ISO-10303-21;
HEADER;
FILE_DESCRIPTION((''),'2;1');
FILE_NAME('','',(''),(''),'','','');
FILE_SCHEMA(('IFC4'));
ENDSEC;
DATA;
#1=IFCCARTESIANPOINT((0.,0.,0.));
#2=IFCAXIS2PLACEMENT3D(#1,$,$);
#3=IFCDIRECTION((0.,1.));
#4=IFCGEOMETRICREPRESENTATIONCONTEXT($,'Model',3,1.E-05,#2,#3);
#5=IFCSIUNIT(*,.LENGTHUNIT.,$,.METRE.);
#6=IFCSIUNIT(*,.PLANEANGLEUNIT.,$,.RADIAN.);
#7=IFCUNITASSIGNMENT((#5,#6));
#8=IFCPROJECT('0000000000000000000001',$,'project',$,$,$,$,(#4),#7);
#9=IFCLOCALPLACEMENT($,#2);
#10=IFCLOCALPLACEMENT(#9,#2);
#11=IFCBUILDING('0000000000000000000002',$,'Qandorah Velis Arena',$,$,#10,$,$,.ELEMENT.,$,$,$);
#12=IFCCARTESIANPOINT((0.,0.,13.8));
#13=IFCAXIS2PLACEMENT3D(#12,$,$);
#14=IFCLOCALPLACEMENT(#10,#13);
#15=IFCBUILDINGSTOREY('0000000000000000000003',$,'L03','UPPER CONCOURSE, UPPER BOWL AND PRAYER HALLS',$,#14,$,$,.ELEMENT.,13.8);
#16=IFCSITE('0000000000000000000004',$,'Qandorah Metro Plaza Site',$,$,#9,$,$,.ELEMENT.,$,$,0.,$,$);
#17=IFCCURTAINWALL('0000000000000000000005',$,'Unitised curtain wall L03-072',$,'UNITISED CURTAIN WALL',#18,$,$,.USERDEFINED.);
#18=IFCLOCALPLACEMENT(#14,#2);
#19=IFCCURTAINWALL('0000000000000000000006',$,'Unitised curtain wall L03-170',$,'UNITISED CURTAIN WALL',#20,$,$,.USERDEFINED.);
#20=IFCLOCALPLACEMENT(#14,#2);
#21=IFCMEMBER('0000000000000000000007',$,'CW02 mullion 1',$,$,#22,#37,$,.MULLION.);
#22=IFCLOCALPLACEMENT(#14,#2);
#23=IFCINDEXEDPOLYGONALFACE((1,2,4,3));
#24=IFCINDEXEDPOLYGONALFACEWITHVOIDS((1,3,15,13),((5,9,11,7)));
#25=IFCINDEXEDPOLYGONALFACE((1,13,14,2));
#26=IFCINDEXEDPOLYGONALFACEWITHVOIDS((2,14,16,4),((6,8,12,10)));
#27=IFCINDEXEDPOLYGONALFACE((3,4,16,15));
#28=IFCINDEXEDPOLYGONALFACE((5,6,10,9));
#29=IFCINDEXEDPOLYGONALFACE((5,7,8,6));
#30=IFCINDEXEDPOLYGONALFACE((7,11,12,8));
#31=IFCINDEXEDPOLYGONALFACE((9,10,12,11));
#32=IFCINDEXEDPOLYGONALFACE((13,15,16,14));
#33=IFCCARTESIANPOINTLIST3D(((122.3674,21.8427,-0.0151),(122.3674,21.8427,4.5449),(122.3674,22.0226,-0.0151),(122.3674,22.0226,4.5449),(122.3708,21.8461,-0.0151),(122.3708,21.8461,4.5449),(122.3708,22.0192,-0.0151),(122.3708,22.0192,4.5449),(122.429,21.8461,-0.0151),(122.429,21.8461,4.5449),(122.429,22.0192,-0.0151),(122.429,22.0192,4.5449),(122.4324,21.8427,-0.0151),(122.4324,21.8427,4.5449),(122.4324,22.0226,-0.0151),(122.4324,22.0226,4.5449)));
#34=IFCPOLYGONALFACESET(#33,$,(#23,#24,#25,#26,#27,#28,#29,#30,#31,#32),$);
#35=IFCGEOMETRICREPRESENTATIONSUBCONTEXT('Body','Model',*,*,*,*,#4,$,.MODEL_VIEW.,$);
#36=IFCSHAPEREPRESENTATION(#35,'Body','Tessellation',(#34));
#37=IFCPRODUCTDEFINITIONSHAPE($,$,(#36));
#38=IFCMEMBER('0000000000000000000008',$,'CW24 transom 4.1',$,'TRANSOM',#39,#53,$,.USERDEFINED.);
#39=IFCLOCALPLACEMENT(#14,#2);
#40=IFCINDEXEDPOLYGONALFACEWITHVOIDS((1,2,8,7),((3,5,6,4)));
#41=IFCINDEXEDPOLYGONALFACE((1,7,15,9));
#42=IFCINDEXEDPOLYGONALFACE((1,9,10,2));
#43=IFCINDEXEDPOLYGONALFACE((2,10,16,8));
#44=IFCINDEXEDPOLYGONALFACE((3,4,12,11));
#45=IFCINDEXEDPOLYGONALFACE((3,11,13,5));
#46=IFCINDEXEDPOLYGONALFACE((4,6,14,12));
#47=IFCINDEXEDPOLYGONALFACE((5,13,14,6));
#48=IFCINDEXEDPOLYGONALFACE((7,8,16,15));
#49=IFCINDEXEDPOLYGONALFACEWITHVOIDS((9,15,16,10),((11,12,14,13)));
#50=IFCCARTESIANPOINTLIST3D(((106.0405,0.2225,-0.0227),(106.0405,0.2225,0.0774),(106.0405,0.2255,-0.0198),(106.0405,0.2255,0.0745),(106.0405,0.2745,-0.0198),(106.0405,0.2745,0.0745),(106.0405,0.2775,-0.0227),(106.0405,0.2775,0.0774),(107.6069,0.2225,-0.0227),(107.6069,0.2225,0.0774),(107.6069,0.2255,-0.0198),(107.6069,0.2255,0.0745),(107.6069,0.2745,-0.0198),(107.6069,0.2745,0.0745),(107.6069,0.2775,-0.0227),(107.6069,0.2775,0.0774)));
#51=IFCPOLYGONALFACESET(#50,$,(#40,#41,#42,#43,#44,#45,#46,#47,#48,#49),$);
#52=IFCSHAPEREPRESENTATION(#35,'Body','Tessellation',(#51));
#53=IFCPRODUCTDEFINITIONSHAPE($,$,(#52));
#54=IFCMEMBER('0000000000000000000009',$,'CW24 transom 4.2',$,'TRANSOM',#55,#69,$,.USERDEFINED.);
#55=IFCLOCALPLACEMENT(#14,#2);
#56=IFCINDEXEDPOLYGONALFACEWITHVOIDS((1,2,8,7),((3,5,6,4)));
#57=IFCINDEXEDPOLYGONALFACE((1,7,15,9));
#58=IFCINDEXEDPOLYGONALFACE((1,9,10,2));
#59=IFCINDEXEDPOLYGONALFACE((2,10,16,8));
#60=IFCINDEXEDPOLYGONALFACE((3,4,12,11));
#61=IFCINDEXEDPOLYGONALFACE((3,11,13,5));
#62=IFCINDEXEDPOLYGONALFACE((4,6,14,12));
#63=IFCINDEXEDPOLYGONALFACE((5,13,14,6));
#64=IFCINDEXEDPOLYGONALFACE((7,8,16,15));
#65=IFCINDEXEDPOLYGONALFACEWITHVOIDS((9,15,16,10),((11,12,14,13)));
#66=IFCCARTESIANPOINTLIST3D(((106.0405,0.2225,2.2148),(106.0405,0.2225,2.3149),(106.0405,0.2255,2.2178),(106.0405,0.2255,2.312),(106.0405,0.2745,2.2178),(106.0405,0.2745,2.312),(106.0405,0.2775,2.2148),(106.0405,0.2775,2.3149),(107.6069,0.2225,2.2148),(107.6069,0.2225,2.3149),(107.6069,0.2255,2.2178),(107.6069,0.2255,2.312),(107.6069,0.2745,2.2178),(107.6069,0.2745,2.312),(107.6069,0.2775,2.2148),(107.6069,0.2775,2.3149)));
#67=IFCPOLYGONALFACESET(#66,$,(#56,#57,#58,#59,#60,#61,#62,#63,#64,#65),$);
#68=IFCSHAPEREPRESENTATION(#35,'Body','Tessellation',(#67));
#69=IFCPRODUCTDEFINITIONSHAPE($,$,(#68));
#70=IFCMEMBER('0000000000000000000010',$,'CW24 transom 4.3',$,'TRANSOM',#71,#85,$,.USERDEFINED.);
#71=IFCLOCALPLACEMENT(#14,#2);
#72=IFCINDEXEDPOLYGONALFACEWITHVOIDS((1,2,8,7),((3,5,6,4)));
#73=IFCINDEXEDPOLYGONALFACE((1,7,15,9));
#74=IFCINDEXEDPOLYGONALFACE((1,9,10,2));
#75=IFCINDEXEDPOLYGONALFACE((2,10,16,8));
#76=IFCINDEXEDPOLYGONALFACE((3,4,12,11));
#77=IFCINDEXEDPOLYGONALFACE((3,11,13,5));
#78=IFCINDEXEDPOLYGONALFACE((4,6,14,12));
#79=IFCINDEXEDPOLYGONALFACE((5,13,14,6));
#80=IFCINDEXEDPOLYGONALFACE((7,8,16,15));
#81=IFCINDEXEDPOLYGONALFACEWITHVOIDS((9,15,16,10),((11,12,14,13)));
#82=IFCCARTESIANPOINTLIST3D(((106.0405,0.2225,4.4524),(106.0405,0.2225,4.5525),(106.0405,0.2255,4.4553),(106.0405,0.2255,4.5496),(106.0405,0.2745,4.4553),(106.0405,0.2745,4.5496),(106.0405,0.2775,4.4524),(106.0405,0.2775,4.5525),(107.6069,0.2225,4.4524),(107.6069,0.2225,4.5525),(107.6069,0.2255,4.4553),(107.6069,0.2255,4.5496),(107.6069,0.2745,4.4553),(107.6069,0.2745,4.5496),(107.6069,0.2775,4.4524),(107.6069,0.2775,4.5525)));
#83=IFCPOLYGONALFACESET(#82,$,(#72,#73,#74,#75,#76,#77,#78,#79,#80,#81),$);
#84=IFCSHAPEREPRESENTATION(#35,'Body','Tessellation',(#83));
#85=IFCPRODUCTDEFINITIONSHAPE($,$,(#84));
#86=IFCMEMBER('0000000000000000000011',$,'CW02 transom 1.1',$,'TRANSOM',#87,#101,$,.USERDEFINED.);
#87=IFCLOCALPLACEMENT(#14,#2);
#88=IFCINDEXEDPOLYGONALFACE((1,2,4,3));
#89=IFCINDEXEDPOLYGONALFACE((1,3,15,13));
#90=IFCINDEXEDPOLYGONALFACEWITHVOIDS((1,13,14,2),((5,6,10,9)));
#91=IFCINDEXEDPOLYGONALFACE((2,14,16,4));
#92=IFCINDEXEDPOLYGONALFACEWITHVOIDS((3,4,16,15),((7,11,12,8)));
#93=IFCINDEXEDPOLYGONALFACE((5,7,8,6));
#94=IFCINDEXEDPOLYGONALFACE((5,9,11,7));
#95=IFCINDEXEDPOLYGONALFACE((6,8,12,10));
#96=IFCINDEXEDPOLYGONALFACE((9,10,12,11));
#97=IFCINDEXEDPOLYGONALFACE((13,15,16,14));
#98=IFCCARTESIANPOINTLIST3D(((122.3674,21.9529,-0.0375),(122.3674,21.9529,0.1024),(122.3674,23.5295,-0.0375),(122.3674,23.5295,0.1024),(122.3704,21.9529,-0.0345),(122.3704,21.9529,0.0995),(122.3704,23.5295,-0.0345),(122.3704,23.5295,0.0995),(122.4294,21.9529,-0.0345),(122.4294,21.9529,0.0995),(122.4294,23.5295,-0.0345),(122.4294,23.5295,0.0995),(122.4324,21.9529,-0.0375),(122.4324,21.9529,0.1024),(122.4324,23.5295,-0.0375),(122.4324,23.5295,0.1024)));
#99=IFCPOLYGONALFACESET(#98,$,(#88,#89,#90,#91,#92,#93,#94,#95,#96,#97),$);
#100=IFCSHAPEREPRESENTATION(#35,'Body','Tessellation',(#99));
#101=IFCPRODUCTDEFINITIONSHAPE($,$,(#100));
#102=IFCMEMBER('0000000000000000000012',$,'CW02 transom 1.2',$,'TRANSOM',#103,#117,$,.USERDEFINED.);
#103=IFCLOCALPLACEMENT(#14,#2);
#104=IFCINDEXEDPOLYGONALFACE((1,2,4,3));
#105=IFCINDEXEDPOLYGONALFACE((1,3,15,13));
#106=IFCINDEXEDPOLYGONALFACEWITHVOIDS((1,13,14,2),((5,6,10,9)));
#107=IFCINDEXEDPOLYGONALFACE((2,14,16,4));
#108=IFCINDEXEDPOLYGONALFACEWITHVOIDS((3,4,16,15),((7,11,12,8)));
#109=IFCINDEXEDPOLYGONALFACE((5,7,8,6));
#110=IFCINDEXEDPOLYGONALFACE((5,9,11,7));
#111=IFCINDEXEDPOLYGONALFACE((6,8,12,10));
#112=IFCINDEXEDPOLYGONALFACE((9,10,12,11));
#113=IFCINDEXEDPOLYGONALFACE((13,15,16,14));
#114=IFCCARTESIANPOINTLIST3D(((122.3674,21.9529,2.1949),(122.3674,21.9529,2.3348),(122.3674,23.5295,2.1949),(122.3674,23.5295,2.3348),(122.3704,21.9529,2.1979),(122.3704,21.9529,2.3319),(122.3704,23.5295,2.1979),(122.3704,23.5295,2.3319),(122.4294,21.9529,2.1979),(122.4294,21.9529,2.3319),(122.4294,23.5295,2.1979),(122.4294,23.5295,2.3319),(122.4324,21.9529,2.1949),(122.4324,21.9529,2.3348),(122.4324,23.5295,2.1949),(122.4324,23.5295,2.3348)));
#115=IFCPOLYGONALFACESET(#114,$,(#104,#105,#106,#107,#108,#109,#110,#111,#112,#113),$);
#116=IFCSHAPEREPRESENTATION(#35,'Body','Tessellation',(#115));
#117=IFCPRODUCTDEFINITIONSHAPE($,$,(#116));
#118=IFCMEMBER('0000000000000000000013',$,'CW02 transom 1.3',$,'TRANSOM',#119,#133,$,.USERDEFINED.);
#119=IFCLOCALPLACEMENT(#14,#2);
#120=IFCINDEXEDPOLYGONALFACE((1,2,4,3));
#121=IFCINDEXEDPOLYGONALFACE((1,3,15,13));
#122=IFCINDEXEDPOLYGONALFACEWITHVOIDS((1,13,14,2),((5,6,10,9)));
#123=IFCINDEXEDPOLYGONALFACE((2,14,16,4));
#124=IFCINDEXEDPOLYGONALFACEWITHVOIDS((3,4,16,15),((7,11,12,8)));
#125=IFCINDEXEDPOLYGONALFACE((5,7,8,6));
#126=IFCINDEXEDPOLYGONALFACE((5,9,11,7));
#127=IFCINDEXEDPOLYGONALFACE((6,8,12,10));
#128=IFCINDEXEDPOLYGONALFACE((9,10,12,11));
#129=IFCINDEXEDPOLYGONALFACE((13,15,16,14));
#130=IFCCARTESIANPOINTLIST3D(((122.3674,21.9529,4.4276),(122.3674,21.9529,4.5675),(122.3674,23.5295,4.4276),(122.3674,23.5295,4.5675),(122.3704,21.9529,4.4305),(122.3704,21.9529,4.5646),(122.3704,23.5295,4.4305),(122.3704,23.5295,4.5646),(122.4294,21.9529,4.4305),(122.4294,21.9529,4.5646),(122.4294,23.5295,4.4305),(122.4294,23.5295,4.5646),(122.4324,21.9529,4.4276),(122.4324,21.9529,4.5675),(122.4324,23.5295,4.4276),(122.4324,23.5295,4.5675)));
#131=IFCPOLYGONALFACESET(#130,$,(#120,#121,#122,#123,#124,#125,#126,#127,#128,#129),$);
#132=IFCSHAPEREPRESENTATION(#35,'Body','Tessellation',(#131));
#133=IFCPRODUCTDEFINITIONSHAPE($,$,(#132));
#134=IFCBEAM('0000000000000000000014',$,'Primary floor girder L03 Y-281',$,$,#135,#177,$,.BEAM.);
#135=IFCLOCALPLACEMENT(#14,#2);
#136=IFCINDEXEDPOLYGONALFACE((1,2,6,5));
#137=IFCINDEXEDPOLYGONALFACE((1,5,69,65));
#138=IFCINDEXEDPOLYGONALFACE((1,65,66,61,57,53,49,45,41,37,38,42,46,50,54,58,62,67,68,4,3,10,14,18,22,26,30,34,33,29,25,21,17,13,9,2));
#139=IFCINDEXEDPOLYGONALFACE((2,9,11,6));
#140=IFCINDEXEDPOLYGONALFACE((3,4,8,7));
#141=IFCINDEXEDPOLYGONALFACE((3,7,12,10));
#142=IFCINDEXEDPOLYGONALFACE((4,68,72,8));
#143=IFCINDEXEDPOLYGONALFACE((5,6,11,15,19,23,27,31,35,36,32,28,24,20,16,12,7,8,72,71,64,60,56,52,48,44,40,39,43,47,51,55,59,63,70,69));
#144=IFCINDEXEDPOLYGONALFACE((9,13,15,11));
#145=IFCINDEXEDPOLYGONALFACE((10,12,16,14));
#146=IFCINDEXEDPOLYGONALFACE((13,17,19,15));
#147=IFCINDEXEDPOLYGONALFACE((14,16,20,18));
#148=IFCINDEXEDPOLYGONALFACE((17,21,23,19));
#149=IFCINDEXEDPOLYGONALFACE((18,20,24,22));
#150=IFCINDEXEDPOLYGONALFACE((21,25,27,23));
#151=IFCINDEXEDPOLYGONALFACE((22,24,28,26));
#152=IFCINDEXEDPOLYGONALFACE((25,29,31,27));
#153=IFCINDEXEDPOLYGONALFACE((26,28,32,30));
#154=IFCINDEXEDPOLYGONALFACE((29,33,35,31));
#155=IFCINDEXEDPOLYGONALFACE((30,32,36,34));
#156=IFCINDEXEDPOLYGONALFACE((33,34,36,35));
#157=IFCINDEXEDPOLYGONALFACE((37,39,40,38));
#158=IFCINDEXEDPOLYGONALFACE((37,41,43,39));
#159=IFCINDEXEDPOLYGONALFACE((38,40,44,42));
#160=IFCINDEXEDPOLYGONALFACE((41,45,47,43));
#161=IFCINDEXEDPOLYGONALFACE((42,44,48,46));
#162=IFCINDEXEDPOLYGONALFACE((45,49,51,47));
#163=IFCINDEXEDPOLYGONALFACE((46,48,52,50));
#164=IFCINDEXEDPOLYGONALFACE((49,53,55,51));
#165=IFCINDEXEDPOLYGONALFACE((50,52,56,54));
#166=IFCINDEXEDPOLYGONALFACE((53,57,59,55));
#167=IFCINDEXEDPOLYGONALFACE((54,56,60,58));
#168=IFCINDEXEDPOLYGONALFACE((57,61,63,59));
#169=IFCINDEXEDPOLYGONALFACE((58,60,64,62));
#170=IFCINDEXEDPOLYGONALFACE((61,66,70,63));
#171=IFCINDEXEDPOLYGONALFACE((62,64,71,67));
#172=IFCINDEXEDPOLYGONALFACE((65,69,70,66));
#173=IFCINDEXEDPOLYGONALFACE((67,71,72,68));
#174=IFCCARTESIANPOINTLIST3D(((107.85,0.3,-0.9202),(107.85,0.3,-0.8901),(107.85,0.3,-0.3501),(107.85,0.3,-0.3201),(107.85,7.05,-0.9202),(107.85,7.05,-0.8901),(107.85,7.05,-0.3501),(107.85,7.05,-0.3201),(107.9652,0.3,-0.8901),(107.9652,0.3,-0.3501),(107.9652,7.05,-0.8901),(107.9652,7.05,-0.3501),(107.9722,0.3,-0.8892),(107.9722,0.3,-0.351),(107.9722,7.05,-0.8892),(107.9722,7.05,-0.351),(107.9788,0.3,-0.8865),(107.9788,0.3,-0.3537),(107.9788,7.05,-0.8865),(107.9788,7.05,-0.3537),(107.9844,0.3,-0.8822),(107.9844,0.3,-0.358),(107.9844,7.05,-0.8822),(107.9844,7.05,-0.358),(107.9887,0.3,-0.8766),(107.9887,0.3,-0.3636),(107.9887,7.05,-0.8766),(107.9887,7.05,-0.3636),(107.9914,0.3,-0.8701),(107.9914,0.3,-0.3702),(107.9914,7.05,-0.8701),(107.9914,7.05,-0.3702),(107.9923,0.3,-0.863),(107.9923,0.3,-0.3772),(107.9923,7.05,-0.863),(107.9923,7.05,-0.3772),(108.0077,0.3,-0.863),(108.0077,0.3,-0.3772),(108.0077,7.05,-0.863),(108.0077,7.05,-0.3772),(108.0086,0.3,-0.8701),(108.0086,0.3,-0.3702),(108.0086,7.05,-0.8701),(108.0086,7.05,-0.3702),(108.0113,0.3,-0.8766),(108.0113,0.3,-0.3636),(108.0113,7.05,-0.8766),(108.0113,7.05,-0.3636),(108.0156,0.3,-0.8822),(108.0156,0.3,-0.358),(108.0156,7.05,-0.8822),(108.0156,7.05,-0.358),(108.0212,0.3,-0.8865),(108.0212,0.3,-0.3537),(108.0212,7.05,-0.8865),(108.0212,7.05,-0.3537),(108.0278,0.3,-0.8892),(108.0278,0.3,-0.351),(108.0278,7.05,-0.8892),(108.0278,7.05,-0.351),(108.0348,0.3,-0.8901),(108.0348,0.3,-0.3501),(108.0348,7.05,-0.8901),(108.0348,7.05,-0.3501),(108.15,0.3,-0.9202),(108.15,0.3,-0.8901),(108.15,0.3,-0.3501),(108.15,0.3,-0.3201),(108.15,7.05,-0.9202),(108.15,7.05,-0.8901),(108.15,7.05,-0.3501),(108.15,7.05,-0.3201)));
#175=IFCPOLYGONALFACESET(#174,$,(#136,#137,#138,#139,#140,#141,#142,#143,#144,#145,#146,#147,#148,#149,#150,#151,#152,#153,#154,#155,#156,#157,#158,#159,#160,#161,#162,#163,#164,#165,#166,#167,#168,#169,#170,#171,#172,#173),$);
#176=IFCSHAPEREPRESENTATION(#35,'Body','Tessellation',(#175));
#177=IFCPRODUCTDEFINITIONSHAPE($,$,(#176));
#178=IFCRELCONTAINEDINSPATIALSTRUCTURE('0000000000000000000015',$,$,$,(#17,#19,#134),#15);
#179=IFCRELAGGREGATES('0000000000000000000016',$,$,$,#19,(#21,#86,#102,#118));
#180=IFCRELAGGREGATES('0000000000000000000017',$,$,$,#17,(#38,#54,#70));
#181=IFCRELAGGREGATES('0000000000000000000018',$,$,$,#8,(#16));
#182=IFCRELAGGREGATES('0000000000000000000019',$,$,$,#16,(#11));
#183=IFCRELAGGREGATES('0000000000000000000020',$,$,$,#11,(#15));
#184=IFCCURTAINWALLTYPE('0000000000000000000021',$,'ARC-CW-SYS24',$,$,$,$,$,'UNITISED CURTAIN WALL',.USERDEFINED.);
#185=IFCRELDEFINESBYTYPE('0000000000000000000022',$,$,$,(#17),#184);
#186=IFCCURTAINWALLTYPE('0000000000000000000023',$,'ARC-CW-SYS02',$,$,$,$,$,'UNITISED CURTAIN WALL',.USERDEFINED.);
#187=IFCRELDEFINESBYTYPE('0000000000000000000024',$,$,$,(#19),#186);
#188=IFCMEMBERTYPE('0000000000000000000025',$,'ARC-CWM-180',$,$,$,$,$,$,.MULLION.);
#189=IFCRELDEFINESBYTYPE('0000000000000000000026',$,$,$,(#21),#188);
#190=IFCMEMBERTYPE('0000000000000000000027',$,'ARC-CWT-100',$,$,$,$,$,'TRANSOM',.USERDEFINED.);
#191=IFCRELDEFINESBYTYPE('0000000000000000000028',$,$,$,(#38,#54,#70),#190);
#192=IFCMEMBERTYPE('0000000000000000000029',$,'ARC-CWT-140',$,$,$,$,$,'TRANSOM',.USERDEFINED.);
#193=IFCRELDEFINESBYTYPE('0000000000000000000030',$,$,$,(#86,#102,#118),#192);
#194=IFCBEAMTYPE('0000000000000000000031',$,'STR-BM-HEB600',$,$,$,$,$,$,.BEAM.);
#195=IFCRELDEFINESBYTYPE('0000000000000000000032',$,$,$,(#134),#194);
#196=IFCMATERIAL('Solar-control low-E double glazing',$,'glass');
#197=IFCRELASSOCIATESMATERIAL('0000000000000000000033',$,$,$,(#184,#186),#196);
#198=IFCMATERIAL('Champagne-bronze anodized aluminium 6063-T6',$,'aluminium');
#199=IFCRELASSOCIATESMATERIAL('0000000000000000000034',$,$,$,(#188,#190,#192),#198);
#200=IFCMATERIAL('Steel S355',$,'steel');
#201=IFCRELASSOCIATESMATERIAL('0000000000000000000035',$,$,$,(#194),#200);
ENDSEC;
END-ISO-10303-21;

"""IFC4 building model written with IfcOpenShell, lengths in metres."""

from ifc_helpers import new_model, si_unit, direction, frame, origin, origin_2d, place, context, subcontext, project, spatial, hollow_rectangle, i_section, extrude, material, material_profile, profile_set, type_object, element, aggregate, save


model = new_model("IFC4")

# Units and contexts
model_context = context("Model", 3, precision=1e-05, world=origin(), true_north=direction((0.0, 1.0)))
body_context = subcontext(model_context, "Body", "Model", "MODEL_VIEW")
ifc_project = project(units=[si_unit("LENGTHUNIT", "METRE"), si_unit("PLANEANGLEUNIT", "RADIAN")], contexts=[model_context])

# Site, building, storey
site_placement = place(None, origin())
site = spatial("IfcSite", under=ifc_project, at=site_placement, Name="Qandorah Metro Plaza Site", CompositionType="ELEMENT", RefElevation=0.0)
building_placement = place(site_placement, origin())
building = spatial("IfcBuilding", under=site, at=building_placement, Name="Qandorah Velis Arena", CompositionType="ELEMENT")
storey_placement = place(building_placement, frame((0.0, 0.0, 13.8)))
storey = spatial("IfcBuildingStorey", under=building, at=storey_placement, Name="L03", Description="UPPER CONCOURSE, UPPER BOWL AND PRAYER HALLS", CompositionType="ELEMENT", Elevation=13.8)

# Curtain wall
ifc_material_1 = material(Name="Solar-control low-E double glazing", Category="glass")
curtain_wall_type_1 = type_object("IfcCurtainWallType", Name="ARC-CW-SYS24", ElementType="UNITISED CURTAIN WALL", PredefinedType="USERDEFINED", material=ifc_material_1)
curtain_wall_1_placement = place(storey_placement, origin())
curtain_wall_1 = element("IfcCurtainWall", 1, at=curtain_wall_1_placement, inside=storey, type_object=curtain_wall_type_1, Name="Unitised curtain wall L03-072", ObjectType="UNITISED CURTAIN WALL", PredefinedType="USERDEFINED")
ifc_material_2 = material(Name="Champagne-bronze anodized aluminium 6063-T6", Category="aluminium")

# Curtain wall, member
curtain_wall_type_2 = type_object("IfcCurtainWallType", Name="ARC-CW-SYS02", ElementType="UNITISED CURTAIN WALL", PredefinedType="USERDEFINED", material=ifc_material_1)
curtain_wall_2_placement = place(storey_placement, origin())
curtain_wall_2 = element("IfcCurtainWall", 2, at=curtain_wall_2_placement, inside=storey, type_object=curtain_wall_type_2, Name="Unitised curtain wall L03-170", ObjectType="UNITISED CURTAIN WALL", PredefinedType="USERDEFINED")
ifc_material_profile_1 = material_profile(ifc_material_2, hollow_rectangle(XDim=0.0649, YDim=0.1799, WallThickness=0.0034, at=origin_2d()), Name="ALU MULLION 65x180")
ifc_profile_set_1 = profile_set([ifc_material_profile_1], Name="Champagne-bronze anodized aluminium 6063-T6")
member_type_1 = type_object("IfcMemberType", Name="ARC-CWM-180", PredefinedType="MULLION", material=ifc_profile_set_1)
member_1_placement = place(storey_placement, frame((122.3999, 21.9326, -0.0151), z_axis=(0.0, 0.0, 1.0), x_axis=(-1.0, 0.0, 0.0)))
member_1 = element("IfcMember", 3, at=member_1_placement, type_object=member_type_1, Name="CW02 mullion 1", PredefinedType="MULLION", context=body_context, shape_type="SweptSolid", body=[
    extrude(hollow_rectangle(XDim=0.0649, YDim=0.1799, WallThickness=0.0034, at=origin_2d()), origin(), (0.0, 0.0, 1.0), 4.5601),
])

# Members
ifc_material_profile_2 = material_profile(ifc_material_2, hollow_rectangle(XDim=0.0549, YDim=0.1001, WallThickness=0.0029, at=origin_2d()), Name="ALU TRANSOM 55x100")
ifc_profile_set_2 = profile_set([ifc_material_profile_2], Name="Champagne-bronze anodized aluminium 6063-T6")
member_type_2 = type_object("IfcMemberType", Name="ARC-CWT-100", ElementType="TRANSOM", PredefinedType="USERDEFINED", material=ifc_profile_set_2)
member_2_placement = place(storey_placement, frame((106.0405, 0.25, 0.0273), z_axis=(1.0, 0.0, 0.0), x_axis=(0.0, 1.0, 0.0)))
member_2 = element("IfcMember", 4, at=member_2_placement, type_object=member_type_2, Name="CW24 transom 4.1", ObjectType="TRANSOM", PredefinedType="USERDEFINED", context=body_context, shape_type="SweptSolid", body=[
    extrude(hollow_rectangle(XDim=0.0549, YDim=0.1001, WallThickness=0.0029, at=origin_2d()), origin(), (0.0, 0.0, 1.0), 1.5664),
])
member_3_placement = place(storey_placement, frame((106.0405, 0.25, 2.2649), z_axis=(1.0, 0.0, 0.0), x_axis=(0.0, 1.0, 0.0)))
member_3 = element("IfcMember", 5, at=member_3_placement, type_object=member_type_2, Name="CW24 transom 4.2", ObjectType="TRANSOM", PredefinedType="USERDEFINED", context=body_context, shape_type="SweptSolid", body=[
    extrude(hollow_rectangle(XDim=0.0549, YDim=0.1001, WallThickness=0.0029, at=origin_2d()), origin(), (0.0, 0.0, 1.0), 1.5664),
])
member_4_placement = place(storey_placement, frame((106.0405, 0.25, 4.5024), z_axis=(1.0, 0.0, 0.0), x_axis=(0.0, 1.0, 0.0)))
member_4 = element("IfcMember", 6, at=member_4_placement, type_object=member_type_2, Name="CW24 transom 4.3", ObjectType="TRANSOM", PredefinedType="USERDEFINED", context=body_context, shape_type="SweptSolid", body=[
    extrude(hollow_rectangle(XDim=0.0549, YDim=0.1001, WallThickness=0.0029, at=origin_2d()), origin(), (0.0, 0.0, 1.0), 1.5664),
])
ifc_material_profile_3 = material_profile(ifc_material_2, hollow_rectangle(XDim=0.0649, YDim=0.1399, WallThickness=0.0029, at=origin_2d()), Name="ALU TRANSOM 65x140")
ifc_profile_set_3 = profile_set([ifc_material_profile_3], Name="Champagne-bronze anodized aluminium 6063-T6")
member_type_3 = type_object("IfcMemberType", Name="ARC-CWT-140", ElementType="TRANSOM", PredefinedType="USERDEFINED", material=ifc_profile_set_3)
member_5_placement = place(storey_placement, frame((122.3999, 21.9529, 0.0325), z_axis=(0.0, 1.0, 0.0), x_axis=(-1.0, 0.0, 0.0)))
member_5 = element("IfcMember", 7, at=member_5_placement, type_object=member_type_3, Name="CW02 transom 1.1", ObjectType="TRANSOM", PredefinedType="USERDEFINED", context=body_context, shape_type="SweptSolid", body=[
    extrude(hollow_rectangle(XDim=0.0649, YDim=0.1399, WallThickness=0.0029, at=origin_2d()), origin(), (0.0, 0.0, 1.0), 1.5767),
])
member_6_placement = place(storey_placement, frame((122.3999, 21.9529, 2.2649), z_axis=(0.0, 1.0, 0.0), x_axis=(-1.0, 0.0, 0.0)))
member_6 = element("IfcMember", 8, at=member_6_placement, type_object=member_type_3, Name="CW02 transom 1.2", ObjectType="TRANSOM", PredefinedType="USERDEFINED", context=body_context, shape_type="SweptSolid", body=[
    extrude(hollow_rectangle(XDim=0.0649, YDim=0.1399, WallThickness=0.0029, at=origin_2d()), origin(), (0.0, 0.0, 1.0), 1.5767),
])
member_7_placement = place(storey_placement, frame((122.3999, 21.9529, 4.4976), z_axis=(0.0, 1.0, 0.0), x_axis=(-1.0, 0.0, 0.0)))
member_7 = element("IfcMember", 9, at=member_7_placement, type_object=member_type_3, Name="CW02 transom 1.3", ObjectType="TRANSOM", PredefinedType="USERDEFINED", context=body_context, shape_type="SweptSolid", body=[
    extrude(hollow_rectangle(XDim=0.0649, YDim=0.1399, WallThickness=0.0029, at=origin_2d()), origin(), (0.0, 0.0, 1.0), 1.5767),
])
aggregate(curtain_wall_2, [member_1, member_5, member_6, member_7])

# Beam
ifc_material_3 = material(Name="Steel S355", Category="steel")
ifc_material_profile_4 = material_profile(ifc_material_3, i_section(OverallWidth=0.3, OverallDepth=0.6001, WebThickness=0.0154, FlangeThickness=0.03, FilletRadius=0.0271, at=origin_2d()), Name="HEB 600")
ifc_profile_set_4 = profile_set([ifc_material_profile_4], Name="Steel S355")
beam_type_1 = type_object("IfcBeamType", Name="STR-BM-HEB600", PredefinedType="BEAM", material=ifc_profile_set_4)
beam_1_placement = place(storey_placement, frame((108.0, 0.3, -0.6201), z_axis=(0.0, 1.0, 0.0), x_axis=(-1.0, 0.0, 0.0)))
element("IfcBeam", 10, at=beam_1_placement, inside=storey, type_object=beam_type_1, Name="Primary floor girder L03 Y-281", PredefinedType="BEAM", context=body_context, shape_type="SweptSolid", body=[
    extrude(i_section(OverallWidth=0.3, OverallDepth=0.6001, WebThickness=0.0154, FlangeThickness=0.03, FilletRadius=0.0271, at=origin_2d()), origin(), (0.0, 0.0, 1.0), 6.75),
])

aggregate(curtain_wall_1, [member_2, member_3, member_4])

save(model, "model.ifc")
